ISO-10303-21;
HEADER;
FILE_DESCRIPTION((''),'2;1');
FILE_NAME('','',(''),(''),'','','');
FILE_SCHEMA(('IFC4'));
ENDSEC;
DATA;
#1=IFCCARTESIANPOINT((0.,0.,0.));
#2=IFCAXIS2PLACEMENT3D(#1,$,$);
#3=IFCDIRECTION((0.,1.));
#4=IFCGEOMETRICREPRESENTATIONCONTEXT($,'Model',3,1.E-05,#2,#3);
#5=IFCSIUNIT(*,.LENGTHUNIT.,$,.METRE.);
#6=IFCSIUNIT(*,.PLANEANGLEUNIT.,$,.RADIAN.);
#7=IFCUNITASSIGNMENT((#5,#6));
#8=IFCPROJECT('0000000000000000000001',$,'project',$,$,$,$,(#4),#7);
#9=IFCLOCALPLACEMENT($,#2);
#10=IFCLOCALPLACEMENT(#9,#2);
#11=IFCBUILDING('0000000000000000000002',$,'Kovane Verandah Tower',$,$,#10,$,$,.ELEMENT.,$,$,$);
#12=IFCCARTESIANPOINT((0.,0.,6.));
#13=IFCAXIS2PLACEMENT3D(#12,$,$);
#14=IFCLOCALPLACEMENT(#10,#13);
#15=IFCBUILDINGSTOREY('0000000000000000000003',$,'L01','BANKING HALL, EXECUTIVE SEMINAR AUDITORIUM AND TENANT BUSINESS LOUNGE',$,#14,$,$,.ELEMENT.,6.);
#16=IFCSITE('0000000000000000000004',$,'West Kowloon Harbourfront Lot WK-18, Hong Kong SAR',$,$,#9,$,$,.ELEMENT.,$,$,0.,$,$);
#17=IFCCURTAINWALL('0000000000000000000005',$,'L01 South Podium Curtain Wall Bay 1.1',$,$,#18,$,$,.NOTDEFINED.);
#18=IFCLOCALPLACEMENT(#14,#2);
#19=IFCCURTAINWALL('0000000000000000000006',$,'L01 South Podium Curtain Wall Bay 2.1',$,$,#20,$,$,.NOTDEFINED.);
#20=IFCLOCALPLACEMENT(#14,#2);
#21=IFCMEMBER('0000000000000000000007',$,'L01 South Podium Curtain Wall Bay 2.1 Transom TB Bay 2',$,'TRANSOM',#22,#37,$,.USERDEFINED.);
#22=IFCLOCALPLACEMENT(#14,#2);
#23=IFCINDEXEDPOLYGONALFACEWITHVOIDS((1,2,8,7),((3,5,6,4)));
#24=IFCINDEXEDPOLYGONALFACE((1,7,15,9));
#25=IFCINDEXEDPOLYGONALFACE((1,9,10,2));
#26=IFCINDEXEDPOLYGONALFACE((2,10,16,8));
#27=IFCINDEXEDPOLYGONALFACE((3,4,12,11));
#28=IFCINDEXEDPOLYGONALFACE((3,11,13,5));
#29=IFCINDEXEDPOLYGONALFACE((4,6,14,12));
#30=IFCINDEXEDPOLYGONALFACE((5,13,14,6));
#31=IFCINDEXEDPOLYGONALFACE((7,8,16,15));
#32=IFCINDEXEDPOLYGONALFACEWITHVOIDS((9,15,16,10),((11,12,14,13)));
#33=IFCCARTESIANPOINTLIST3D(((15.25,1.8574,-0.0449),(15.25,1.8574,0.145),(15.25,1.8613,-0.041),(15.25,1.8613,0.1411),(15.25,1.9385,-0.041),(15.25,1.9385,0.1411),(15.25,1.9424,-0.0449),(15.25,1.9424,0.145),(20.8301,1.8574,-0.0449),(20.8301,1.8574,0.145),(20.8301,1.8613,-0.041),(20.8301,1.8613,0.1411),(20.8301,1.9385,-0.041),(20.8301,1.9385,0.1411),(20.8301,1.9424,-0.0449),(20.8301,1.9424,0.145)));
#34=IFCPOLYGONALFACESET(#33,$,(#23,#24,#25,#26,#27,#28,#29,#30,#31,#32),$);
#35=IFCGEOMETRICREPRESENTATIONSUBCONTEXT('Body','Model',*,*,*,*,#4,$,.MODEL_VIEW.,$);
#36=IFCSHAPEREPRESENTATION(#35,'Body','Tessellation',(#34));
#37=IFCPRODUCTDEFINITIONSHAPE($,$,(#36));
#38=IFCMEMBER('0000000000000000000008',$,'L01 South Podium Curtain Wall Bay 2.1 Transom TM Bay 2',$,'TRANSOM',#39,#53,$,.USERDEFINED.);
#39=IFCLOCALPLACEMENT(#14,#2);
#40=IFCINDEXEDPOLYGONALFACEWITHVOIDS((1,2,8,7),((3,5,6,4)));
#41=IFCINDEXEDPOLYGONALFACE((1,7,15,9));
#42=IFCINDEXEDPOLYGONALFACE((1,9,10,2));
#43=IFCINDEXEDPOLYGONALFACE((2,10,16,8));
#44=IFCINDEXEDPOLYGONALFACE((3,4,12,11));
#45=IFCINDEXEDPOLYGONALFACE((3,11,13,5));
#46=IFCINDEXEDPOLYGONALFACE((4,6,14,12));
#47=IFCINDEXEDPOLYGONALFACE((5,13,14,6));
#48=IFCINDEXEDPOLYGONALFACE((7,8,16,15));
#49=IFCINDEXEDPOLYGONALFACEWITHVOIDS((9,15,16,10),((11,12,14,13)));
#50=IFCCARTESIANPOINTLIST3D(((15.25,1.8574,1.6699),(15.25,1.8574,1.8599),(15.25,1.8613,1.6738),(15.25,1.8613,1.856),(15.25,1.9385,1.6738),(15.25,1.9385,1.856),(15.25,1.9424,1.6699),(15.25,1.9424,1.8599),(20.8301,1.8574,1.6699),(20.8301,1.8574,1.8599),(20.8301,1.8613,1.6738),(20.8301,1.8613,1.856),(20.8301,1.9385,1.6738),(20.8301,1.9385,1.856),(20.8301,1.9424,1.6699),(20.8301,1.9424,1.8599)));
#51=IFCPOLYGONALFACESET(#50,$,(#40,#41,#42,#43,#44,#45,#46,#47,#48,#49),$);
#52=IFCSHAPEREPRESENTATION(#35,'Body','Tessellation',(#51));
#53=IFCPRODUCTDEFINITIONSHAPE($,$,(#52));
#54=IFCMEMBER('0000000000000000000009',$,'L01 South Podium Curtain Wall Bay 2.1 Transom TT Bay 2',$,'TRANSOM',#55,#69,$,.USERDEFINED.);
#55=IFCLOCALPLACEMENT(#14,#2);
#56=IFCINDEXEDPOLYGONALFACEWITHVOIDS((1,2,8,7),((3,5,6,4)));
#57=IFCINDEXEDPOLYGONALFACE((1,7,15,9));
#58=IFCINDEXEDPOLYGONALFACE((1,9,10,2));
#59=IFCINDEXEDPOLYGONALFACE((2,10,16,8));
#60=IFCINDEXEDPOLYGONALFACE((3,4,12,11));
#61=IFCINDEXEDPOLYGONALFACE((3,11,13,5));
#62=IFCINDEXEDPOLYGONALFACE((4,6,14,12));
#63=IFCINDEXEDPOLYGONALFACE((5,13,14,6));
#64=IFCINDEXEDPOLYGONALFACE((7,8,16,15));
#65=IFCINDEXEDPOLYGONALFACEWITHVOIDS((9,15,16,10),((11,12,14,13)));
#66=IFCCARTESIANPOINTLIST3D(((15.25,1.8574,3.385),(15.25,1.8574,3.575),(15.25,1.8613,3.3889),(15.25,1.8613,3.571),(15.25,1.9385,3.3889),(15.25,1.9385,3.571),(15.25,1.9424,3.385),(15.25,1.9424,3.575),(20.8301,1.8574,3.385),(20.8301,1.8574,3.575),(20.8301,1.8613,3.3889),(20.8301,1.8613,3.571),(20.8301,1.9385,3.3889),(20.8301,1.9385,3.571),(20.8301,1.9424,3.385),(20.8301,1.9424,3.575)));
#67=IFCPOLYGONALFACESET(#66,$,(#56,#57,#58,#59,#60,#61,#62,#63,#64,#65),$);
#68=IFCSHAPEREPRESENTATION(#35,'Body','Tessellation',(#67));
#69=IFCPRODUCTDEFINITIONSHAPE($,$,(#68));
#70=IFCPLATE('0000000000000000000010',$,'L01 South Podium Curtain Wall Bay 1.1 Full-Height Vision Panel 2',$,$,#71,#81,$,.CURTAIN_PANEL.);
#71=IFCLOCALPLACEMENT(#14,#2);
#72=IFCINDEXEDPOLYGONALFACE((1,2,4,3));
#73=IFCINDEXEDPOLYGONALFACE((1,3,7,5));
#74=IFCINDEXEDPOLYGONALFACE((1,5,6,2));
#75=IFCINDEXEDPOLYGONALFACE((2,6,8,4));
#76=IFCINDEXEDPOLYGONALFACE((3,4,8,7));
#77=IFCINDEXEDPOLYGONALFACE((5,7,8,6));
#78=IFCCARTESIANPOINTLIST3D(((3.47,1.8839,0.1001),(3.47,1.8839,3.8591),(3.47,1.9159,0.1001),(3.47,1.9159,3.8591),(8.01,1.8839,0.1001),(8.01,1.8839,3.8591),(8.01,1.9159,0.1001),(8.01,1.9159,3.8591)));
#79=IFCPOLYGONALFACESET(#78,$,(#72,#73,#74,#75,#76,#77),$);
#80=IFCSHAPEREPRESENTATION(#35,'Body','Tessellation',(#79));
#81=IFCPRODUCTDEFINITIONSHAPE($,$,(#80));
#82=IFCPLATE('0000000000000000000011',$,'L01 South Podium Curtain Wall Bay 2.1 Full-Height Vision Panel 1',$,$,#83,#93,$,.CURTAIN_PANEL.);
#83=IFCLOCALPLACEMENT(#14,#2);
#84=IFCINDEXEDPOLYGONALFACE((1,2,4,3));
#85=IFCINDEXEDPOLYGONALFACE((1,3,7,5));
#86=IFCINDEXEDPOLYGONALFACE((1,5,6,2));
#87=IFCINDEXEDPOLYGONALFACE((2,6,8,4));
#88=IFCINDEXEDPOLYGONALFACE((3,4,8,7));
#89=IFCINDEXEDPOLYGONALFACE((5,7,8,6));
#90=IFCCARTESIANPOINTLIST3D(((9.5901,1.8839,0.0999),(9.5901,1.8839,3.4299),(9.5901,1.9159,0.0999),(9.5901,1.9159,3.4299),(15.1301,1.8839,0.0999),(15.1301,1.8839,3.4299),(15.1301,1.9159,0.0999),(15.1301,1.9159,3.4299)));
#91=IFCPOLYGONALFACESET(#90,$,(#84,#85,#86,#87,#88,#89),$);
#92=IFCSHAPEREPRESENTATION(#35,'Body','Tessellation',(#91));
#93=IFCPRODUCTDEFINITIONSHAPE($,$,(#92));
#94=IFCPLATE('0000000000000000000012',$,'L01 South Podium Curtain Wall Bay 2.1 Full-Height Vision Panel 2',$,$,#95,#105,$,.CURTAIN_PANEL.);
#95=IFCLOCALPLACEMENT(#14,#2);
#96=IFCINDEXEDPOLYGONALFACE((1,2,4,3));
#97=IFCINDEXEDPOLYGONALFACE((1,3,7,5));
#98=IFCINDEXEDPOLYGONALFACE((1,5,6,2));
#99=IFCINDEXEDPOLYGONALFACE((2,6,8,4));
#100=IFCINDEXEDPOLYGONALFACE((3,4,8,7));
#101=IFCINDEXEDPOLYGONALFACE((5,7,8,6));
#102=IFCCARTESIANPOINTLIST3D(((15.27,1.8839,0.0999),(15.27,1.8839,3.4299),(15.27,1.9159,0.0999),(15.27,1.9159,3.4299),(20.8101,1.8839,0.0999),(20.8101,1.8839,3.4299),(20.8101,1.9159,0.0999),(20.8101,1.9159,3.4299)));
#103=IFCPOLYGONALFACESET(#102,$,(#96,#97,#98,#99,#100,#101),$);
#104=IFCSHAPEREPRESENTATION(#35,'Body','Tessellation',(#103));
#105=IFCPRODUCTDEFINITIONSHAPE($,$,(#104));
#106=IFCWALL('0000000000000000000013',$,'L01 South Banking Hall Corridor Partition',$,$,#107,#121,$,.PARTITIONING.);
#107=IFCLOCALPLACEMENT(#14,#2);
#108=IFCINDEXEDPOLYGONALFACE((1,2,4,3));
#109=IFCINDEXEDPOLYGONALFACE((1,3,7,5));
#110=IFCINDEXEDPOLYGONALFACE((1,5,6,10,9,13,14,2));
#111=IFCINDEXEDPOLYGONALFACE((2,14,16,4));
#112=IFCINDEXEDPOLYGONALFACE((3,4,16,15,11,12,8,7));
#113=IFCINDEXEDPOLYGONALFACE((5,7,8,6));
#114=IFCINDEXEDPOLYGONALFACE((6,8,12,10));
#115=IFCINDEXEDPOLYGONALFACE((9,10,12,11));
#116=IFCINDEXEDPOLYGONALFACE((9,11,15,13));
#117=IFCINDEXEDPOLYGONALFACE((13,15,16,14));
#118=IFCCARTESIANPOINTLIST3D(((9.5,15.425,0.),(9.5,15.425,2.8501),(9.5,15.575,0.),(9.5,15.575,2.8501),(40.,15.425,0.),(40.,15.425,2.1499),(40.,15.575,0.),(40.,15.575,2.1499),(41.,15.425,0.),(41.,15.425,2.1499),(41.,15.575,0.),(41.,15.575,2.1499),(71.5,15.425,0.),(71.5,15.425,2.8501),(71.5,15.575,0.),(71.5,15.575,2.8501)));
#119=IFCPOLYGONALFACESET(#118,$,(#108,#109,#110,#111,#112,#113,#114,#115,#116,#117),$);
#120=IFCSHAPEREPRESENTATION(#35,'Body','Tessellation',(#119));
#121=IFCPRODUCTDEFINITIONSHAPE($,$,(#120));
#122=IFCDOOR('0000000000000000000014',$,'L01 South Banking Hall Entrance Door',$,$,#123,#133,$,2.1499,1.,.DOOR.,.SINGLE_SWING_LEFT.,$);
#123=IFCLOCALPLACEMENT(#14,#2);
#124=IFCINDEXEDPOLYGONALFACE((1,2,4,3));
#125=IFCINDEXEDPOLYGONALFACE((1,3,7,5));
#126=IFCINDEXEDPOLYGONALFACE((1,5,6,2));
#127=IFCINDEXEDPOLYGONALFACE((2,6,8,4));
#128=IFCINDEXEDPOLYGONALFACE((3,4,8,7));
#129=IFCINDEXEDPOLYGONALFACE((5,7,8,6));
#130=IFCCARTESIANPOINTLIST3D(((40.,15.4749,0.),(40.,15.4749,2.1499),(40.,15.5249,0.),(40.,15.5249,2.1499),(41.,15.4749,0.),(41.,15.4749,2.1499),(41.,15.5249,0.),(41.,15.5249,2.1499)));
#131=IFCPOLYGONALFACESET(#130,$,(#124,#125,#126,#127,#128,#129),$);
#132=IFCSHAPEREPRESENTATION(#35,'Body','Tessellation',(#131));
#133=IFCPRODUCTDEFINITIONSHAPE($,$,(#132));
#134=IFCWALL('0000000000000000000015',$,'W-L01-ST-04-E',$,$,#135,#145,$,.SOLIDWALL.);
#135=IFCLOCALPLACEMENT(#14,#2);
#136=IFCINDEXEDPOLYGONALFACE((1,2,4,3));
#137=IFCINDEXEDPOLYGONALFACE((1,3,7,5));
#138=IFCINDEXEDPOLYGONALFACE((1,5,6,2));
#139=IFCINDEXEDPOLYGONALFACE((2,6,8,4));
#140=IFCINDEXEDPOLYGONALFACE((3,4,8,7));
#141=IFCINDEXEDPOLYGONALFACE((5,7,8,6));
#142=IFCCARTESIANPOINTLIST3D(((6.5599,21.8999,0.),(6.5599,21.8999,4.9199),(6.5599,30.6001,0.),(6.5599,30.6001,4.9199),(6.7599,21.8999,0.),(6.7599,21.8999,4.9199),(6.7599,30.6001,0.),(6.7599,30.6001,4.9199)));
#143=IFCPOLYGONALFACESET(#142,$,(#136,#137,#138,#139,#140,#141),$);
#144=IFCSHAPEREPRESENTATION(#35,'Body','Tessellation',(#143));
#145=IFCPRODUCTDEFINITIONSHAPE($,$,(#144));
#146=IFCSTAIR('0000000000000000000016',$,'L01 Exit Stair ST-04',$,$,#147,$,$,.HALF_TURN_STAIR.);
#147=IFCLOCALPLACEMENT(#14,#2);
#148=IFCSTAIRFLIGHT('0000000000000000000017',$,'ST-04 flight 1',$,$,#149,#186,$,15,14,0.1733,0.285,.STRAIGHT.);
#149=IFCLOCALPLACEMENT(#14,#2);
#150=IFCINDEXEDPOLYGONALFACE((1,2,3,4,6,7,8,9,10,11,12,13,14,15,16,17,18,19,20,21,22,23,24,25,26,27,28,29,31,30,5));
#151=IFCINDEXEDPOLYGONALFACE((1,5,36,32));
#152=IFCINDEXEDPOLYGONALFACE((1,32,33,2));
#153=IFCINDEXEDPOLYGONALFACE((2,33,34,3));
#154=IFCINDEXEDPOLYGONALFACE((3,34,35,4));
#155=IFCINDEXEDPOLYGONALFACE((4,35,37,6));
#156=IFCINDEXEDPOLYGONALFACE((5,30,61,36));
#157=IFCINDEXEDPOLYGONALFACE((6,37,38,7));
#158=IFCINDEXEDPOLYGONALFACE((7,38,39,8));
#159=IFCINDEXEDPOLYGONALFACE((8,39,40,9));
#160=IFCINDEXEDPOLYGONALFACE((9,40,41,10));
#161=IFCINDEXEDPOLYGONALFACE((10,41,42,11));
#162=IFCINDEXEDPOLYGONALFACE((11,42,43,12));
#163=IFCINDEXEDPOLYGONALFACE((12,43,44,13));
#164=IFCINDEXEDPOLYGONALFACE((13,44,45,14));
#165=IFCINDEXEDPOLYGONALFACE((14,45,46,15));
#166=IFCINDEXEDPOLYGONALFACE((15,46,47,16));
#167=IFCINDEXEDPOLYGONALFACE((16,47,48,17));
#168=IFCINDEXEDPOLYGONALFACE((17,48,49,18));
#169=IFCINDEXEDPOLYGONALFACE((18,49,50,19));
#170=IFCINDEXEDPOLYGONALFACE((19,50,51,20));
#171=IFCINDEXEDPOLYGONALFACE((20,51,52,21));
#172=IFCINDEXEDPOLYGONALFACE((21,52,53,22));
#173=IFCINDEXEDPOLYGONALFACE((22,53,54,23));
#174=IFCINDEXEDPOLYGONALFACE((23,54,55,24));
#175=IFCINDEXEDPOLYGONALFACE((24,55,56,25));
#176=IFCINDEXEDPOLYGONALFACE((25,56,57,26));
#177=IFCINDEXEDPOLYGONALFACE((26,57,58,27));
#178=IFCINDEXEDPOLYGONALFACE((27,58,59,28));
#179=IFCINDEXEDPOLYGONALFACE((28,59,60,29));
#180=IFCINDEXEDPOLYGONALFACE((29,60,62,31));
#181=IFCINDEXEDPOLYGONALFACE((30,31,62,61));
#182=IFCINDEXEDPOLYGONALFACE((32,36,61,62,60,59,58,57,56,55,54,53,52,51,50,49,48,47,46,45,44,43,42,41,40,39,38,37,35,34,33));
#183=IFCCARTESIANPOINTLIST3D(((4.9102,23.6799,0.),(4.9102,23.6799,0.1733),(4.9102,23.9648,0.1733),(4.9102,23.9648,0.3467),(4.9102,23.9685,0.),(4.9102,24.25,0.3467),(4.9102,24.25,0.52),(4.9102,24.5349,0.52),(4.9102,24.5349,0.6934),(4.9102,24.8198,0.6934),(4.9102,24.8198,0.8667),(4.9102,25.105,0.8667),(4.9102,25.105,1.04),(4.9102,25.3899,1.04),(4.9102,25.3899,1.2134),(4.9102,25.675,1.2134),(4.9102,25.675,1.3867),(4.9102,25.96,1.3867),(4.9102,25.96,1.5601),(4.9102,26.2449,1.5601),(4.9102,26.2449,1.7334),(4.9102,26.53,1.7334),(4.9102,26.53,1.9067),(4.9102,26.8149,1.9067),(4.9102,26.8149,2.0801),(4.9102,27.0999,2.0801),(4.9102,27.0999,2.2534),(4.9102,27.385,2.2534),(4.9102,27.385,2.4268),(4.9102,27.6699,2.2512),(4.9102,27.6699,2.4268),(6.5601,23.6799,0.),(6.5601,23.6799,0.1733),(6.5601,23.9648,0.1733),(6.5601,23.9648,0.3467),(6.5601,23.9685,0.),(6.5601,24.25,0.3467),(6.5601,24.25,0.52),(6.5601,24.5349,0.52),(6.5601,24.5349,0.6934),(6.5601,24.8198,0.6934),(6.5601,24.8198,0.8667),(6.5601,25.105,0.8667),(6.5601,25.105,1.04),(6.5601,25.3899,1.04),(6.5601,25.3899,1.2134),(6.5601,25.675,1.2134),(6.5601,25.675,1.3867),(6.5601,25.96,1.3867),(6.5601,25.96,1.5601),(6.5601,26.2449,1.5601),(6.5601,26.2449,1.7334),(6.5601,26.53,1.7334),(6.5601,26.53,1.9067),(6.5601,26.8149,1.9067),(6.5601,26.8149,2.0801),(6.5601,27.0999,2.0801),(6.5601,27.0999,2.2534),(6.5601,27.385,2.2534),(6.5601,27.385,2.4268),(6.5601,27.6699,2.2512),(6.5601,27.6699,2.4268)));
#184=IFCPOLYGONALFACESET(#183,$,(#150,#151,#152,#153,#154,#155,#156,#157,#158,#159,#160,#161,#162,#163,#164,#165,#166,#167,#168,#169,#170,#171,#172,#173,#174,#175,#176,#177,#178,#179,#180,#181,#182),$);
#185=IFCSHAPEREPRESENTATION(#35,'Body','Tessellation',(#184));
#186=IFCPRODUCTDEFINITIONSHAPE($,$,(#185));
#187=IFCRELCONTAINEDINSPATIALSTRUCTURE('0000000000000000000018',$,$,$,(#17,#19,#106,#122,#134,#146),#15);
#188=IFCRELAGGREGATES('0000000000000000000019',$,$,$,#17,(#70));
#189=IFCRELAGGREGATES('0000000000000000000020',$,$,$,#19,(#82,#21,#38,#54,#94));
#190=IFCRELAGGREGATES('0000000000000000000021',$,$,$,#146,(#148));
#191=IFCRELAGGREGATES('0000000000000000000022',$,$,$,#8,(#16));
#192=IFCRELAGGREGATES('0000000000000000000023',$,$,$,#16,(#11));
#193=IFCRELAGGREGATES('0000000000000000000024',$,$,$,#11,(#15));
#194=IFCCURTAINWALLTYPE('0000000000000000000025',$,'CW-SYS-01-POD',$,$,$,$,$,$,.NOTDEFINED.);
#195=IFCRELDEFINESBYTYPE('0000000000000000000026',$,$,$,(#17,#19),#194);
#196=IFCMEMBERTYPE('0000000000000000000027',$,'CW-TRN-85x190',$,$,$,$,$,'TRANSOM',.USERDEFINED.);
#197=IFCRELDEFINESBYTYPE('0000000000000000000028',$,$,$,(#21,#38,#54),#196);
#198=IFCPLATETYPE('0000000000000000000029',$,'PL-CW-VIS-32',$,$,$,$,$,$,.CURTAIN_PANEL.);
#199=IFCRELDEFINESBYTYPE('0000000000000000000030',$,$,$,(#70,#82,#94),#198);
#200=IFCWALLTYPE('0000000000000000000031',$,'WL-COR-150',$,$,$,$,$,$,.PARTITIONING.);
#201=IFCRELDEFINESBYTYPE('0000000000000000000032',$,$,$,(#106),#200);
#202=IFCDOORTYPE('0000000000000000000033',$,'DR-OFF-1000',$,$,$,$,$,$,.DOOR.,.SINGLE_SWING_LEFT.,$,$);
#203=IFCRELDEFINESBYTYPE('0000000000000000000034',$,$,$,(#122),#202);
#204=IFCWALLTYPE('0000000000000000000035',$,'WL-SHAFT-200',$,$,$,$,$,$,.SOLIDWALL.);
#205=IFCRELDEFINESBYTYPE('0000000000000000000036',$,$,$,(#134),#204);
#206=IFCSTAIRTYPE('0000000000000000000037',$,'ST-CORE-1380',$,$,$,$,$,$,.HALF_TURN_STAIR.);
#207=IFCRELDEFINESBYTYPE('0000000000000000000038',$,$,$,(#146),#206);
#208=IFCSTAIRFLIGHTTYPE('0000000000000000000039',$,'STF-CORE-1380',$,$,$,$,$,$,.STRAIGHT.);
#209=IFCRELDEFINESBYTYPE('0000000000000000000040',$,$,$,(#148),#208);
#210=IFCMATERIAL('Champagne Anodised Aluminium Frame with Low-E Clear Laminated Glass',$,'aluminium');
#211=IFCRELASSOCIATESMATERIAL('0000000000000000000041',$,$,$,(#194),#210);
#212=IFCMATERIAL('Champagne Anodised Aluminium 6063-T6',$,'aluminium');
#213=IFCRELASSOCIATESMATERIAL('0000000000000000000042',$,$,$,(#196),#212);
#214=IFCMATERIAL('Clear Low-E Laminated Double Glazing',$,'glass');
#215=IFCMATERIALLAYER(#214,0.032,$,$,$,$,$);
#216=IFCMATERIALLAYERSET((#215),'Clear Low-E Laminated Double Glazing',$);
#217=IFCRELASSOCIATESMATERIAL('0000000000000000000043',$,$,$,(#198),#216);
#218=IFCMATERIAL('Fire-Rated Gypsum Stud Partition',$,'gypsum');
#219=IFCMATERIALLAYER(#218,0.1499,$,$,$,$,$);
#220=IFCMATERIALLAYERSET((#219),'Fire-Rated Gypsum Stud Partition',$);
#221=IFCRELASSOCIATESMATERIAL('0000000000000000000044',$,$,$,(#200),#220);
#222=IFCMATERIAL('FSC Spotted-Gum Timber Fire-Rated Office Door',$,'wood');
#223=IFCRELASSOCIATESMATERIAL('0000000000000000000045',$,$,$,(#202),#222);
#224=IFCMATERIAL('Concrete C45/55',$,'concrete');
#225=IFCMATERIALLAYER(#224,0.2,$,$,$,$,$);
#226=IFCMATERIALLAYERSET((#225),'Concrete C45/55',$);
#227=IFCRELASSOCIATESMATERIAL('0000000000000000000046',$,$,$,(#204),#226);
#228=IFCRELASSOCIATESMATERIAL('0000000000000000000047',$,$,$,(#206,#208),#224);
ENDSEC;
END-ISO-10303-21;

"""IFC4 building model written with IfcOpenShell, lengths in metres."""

from ifc_helpers import new_model, si_unit, direction, frame, frame_2d, origin, origin_2d, place, context, subcontext, project, spatial, polyline, rectangle, hollow_rectangle, outline, extrude, material, layer, layer_set, material_profile, profile_set, type_object, element, fill, aggregate, save


model = new_model("IFC4")

# Units and contexts
model_context = context("Model", 3, precision=1e-05, world=origin(), true_north=direction((0.0, 1.0)))
body_context = subcontext(model_context, "Body", "Model", "MODEL_VIEW")
ifc_project = project(units=[si_unit("LENGTHUNIT", "METRE"), si_unit("PLANEANGLEUNIT", "RADIAN")], contexts=[model_context])

# Site, building, storey
site_placement = place(None, origin())
site = spatial("IfcSite", under=ifc_project, at=site_placement, Name="West Kowloon Harbourfront Lot WK-18, Hong Kong SAR", CompositionType="ELEMENT", RefElevation=0.0)
building_placement = place(site_placement, origin())
building = spatial("IfcBuilding", under=site, at=building_placement, Name="Kovane Verandah Tower", CompositionType="ELEMENT")
storey_placement = place(building_placement, frame((0.0, 0.0, 6.0)))
storey = spatial("IfcBuildingStorey", under=building, at=storey_placement, Name="L01", Description="BANKING HALL, EXECUTIVE SEMINAR AUDITORIUM AND TENANT BUSINESS LOUNGE", CompositionType="ELEMENT", Elevation=6.0)

# Curtain wall
ifc_material_1 = material(Name="Champagne Anodised Aluminium Frame with Low-E Clear Laminated Glass", Category="aluminium")
curtain_wall_type = type_object("IfcCurtainWallType", Name="CW-SYS-01-POD", PredefinedType="NOTDEFINED", material=ifc_material_1)
curtain_wall_1_placement = place(storey_placement, origin())
curtain_wall_1 = element("IfcCurtainWall", 1, at=curtain_wall_1_placement, inside=storey, type_object=curtain_wall_type, Name="L01 South Podium Curtain Wall Bay 1.1", PredefinedType="NOTDEFINED")
ifc_material_2 = material(Name="Champagne Anodised Aluminium 6063-T6", Category="aluminium")

# Curtain wall
curtain_wall_2_placement = place(storey_placement, origin())
curtain_wall_2 = element("IfcCurtainWall", 2, at=curtain_wall_2_placement, inside=storey, type_object=curtain_wall_type, Name="L01 South Podium Curtain Wall Bay 2.1", PredefinedType="NOTDEFINED")

# Members
ifc_material_profile_1 = material_profile(ifc_material_2, hollow_rectangle(XDim=0.085, YDim=0.1899, WallThickness=0.0039, at=origin_2d()), Name="AL85x190x4")
ifc_profile_set_1 = profile_set([ifc_material_profile_1], Name="Champagne Anodised Aluminium 6063-T6")
member_type_1 = type_object("IfcMemberType", Name="CW-TRN-85x190", ElementType="TRANSOM", PredefinedType="USERDEFINED", material=ifc_profile_set_1)
member_1_placement = place(storey_placement, frame((15.25, 1.8999, 0.05), z_axis=(1.0, 0.0, 0.0), x_axis=(0.0, 1.0, 0.0)))
member_1 = element("IfcMember", 3, at=member_1_placement, type_object=member_type_1, Name="L01 South Podium Curtain Wall Bay 2.1 Transom TB Bay 2", ObjectType="TRANSOM", PredefinedType="USERDEFINED", context=body_context, shape_type="SweptSolid", body=[
    extrude(hollow_rectangle(XDim=0.085, YDim=0.1899, WallThickness=0.0039, at=origin_2d()), origin(), (0.0, 0.0, 1.0), 5.5801),
])
member_2_placement = place(storey_placement, frame((15.25, 1.8999, 1.7649), z_axis=(1.0, 0.0, 0.0), x_axis=(0.0, 1.0, 0.0)))
member_2 = element("IfcMember", 4, at=member_2_placement, type_object=member_type_1, Name="L01 South Podium Curtain Wall Bay 2.1 Transom TM Bay 2", ObjectType="TRANSOM", PredefinedType="USERDEFINED", context=body_context, shape_type="SweptSolid", body=[
    extrude(hollow_rectangle(XDim=0.085, YDim=0.1899, WallThickness=0.0039, at=origin_2d()), origin(), (0.0, 0.0, 1.0), 5.5801),
])
member_3_placement = place(storey_placement, frame((15.25, 1.8999, 3.48), z_axis=(1.0, 0.0, 0.0), x_axis=(0.0, 1.0, 0.0)))
member_3 = element("IfcMember", 5, at=member_3_placement, type_object=member_type_1, Name="L01 South Podium Curtain Wall Bay 2.1 Transom TT Bay 2", ObjectType="TRANSOM", PredefinedType="USERDEFINED", context=body_context, shape_type="SweptSolid", body=[
    extrude(hollow_rectangle(XDim=0.085, YDim=0.1899, WallThickness=0.0039, at=origin_2d()), origin(), (0.0, 0.0, 1.0), 5.5801),
])

# Plates
ifc_material_3 = material(Name="Clear Low-E Laminated Double Glazing", Category="glass")
ifc_layer_1 = layer(ifc_material_3, 0.032)
ifc_layer_set_1 = layer_set([ifc_layer_1], Name="Clear Low-E Laminated Double Glazing")
plate_type = type_object("IfcPlateType", Name="PL-CW-VIS-32", PredefinedType="CURTAIN_PANEL", material=ifc_layer_set_1)
plate_1_placement = place(storey_placement, frame((5.74, 1.8999, 0.1001), z_axis=(0.0, 0.0, 1.0), x_axis=(1.0, 0.0, 0.0)))
plate_1 = element("IfcPlate", 6, at=plate_1_placement, type_object=plate_type, Name="L01 South Podium Curtain Wall Bay 1.1 Full-Height Vision Panel 2", PredefinedType="CURTAIN_PANEL", context=body_context, shape_type="SweptSolid", body=[
    extrude(rectangle(XDim=4.54, YDim=0.032, at=origin_2d()), origin(), (0.0, 0.0, 1.0), 3.759),
])
aggregate(curtain_wall_1, [plate_1])
plate_2_placement = place(storey_placement, frame((12.3601, 1.8999, 0.0999), z_axis=(0.0, 0.0, 1.0), x_axis=(1.0, 0.0, 0.0)))
plate_2 = element("IfcPlate", 7, at=plate_2_placement, type_object=plate_type, Name="L01 South Podium Curtain Wall Bay 2.1 Full-Height Vision Panel 1", PredefinedType="CURTAIN_PANEL", context=body_context, shape_type="SweptSolid", body=[
    extrude(rectangle(XDim=5.54, YDim=0.032, at=origin_2d()), origin(), (0.0, 0.0, 1.0), 3.3301),
])
plate_3_placement = place(storey_placement, frame((18.04, 1.8999, 0.0999), z_axis=(0.0, 0.0, 1.0), x_axis=(1.0, 0.0, 0.0)))
plate_3 = element("IfcPlate", 8, at=plate_3_placement, type_object=plate_type, Name="L01 South Podium Curtain Wall Bay 2.1 Full-Height Vision Panel 2", PredefinedType="CURTAIN_PANEL", context=body_context, shape_type="SweptSolid", body=[
    extrude(rectangle(XDim=5.54, YDim=0.032, at=origin_2d()), origin(), (0.0, 0.0, 1.0), 3.3301),
])
aggregate(curtain_wall_2, [plate_2, member_1, member_2, member_3, plate_3])

# Wall, opening, door
ifc_material_4 = material(Name="Fire-Rated Gypsum Stud Partition", Category="gypsum")
ifc_layer_2 = layer(ifc_material_4, 0.1499)
ifc_layer_set_2 = layer_set([ifc_layer_2], Name="Fire-Rated Gypsum Stud Partition")
wall_type_1 = type_object("IfcWallType", Name="WL-COR-150", PredefinedType="PARTITIONING", material=ifc_layer_set_2)
wall_1_placement = place(storey_placement, frame((9.5, 15.5, 0.0), z_axis=(0.0, 0.0, 1.0), x_axis=(1.0, 0.0, 0.0)))
wall_1 = element("IfcWall", 9, at=wall_1_placement, inside=storey, type_object=wall_type_1, Name="L01 South Banking Hall Corridor Partition", PredefinedType="PARTITIONING", context=body_context, shape_type="SweptSolid", body=[
    extrude(rectangle(XDim=62.0, YDim=0.1499, at=frame_2d((31.0, 0.0))), origin(), (0.0, 0.0, 1.0), 2.8501),
])
opening_placement = place(wall_1_placement, frame((30.5, 0.0, 0.0)))
opening = element("IfcOpeningElement", 10, at=opening_placement, cuts=wall_1, PredefinedType="OPENING", context=body_context, shape_type="SweptSolid", body=[
    extrude(rectangle(XDim=1.0, YDim=2.1499, at=frame_2d((0.5, 1.075))), frame((0.0, 0.075, 0.0), z_axis=(0.0, -1.0, 0.0), x_axis=(1.0, 0.0, 0.0)), (0.0, 0.0, 1.0), 0.1499),
])
ifc_material_5 = material(Name="FSC Spotted-Gum Timber Fire-Rated Office Door", Category="wood")
door_type = type_object("IfcDoorType", Name="DR-OFF-1000", OperationType="SINGLE_SWING_LEFT", PredefinedType="DOOR", material=ifc_material_5)
door_placement = place(opening_placement, origin())
door = element("IfcDoor", 11, at=door_placement, inside=storey, type_object=door_type, Name="L01 South Banking Hall Entrance Door", OperationType="SINGLE_SWING_LEFT", OverallHeight=2.1499, OverallWidth=1.0, PredefinedType="DOOR", context=body_context, shape_type="SweptSolid", body=[
    extrude(rectangle(XDim=1.0, YDim=2.1499, at=frame_2d((0.5, 1.075))), frame((0.0, 0.0249, 0.0), z_axis=(0.0, -1.0, 0.0), x_axis=(1.0, 0.0, 0.0)), (0.0, 0.0, 1.0), 0.05),
])
fill(opening, door)

# Wall
ifc_material_6 = material(Name="Concrete C45/55", Category="concrete")
ifc_layer_3 = layer(ifc_material_6, 0.2)
ifc_layer_set_3 = layer_set([ifc_layer_3], Name="Concrete C45/55")
wall_type_2 = type_object("IfcWallType", Name="WL-SHAFT-200", PredefinedType="SOLIDWALL", material=ifc_layer_set_3)
wall_2_placement = place(storey_placement, frame((6.6599, 21.8999, 0.0), z_axis=(0.0, 0.0, 1.0), x_axis=(0.0, 1.0, 0.0)))
element("IfcWall", 12, at=wall_2_placement, inside=storey, type_object=wall_type_2, Name="W-L01-ST-04-E", PredefinedType="SOLIDWALL", context=body_context, shape_type="SweptSolid", body=[
    extrude(rectangle(XDim=8.7002, YDim=0.2, at=frame_2d((4.3501, 0.0))), origin(), (0.0, 0.0, 1.0), 4.9199),
])

# Stair, stair flight
stair_type = type_object("IfcStairType", Name="ST-CORE-1380", PredefinedType="HALF_TURN_STAIR", material=ifc_material_6)
stair_placement = place(storey_placement, origin())
stair = element("IfcStair", 13, at=stair_placement, inside=storey, type_object=stair_type, Name="L01 Exit Stair ST-04", PredefinedType="HALF_TURN_STAIR")
stair_flight_type = type_object("IfcStairFlightType", Name="STF-CORE-1380", PredefinedType="STRAIGHT", material=ifc_material_6)
stair_flight_placement = place(storey_placement, frame((5.7351, 23.6799, 0.0), z_axis=(0.0, 0.0, 1.0), x_axis=(0.0, 1.0, 0.0)))
stair_flight = element("IfcStairFlight", 14, at=stair_flight_placement, type_object=stair_flight_type, Name="ST-04 flight 1", NumberOfRisers=15, NumberOfTreads=14, PredefinedType="STRAIGHT", RiserHeight=0.1733, TreadLength=0.285, context=body_context, shape_type="SweptSolid", body=[
    extrude(outline(polyline([(0.0, 0.0), (0.0, 0.1733), (0.2849, 0.1733), (0.2849, 0.3467), (0.5701, 0.3467), (0.5701, 0.52), (0.855, 0.52), (0.855, 0.6934), (1.1399, 0.6934), (1.1399, 0.8667), (1.425, 0.8667), (1.425, 1.04), (1.71, 1.04), (1.71, 1.2134), (1.9951, 1.2134), (1.9951, 1.3867), (2.28, 1.3867), (2.28, 1.5601), (2.5649, 1.5601), (2.5649, 1.7334), (2.8501, 1.7334), (2.8501, 1.9067), (3.135, 1.9067), (3.135, 2.0801), (3.4199, 2.0801), (3.4199, 2.2534), (3.7051, 2.2534), (3.7051, 2.4268), (3.99, 2.4268), (3.99, 2.6001), (3.99, 2.2512), (0.2886, 0.0), (0.0, 0.0)])), frame((0.0, 0.825, 0.0), z_axis=(0.0, -1.0, 0.0), x_axis=(1.0, 0.0, 0.0)), (0.0, 0.0, 1.0), 1.6499),
])
aggregate(stair, [stair_flight])

save(model, "model.ifc")
